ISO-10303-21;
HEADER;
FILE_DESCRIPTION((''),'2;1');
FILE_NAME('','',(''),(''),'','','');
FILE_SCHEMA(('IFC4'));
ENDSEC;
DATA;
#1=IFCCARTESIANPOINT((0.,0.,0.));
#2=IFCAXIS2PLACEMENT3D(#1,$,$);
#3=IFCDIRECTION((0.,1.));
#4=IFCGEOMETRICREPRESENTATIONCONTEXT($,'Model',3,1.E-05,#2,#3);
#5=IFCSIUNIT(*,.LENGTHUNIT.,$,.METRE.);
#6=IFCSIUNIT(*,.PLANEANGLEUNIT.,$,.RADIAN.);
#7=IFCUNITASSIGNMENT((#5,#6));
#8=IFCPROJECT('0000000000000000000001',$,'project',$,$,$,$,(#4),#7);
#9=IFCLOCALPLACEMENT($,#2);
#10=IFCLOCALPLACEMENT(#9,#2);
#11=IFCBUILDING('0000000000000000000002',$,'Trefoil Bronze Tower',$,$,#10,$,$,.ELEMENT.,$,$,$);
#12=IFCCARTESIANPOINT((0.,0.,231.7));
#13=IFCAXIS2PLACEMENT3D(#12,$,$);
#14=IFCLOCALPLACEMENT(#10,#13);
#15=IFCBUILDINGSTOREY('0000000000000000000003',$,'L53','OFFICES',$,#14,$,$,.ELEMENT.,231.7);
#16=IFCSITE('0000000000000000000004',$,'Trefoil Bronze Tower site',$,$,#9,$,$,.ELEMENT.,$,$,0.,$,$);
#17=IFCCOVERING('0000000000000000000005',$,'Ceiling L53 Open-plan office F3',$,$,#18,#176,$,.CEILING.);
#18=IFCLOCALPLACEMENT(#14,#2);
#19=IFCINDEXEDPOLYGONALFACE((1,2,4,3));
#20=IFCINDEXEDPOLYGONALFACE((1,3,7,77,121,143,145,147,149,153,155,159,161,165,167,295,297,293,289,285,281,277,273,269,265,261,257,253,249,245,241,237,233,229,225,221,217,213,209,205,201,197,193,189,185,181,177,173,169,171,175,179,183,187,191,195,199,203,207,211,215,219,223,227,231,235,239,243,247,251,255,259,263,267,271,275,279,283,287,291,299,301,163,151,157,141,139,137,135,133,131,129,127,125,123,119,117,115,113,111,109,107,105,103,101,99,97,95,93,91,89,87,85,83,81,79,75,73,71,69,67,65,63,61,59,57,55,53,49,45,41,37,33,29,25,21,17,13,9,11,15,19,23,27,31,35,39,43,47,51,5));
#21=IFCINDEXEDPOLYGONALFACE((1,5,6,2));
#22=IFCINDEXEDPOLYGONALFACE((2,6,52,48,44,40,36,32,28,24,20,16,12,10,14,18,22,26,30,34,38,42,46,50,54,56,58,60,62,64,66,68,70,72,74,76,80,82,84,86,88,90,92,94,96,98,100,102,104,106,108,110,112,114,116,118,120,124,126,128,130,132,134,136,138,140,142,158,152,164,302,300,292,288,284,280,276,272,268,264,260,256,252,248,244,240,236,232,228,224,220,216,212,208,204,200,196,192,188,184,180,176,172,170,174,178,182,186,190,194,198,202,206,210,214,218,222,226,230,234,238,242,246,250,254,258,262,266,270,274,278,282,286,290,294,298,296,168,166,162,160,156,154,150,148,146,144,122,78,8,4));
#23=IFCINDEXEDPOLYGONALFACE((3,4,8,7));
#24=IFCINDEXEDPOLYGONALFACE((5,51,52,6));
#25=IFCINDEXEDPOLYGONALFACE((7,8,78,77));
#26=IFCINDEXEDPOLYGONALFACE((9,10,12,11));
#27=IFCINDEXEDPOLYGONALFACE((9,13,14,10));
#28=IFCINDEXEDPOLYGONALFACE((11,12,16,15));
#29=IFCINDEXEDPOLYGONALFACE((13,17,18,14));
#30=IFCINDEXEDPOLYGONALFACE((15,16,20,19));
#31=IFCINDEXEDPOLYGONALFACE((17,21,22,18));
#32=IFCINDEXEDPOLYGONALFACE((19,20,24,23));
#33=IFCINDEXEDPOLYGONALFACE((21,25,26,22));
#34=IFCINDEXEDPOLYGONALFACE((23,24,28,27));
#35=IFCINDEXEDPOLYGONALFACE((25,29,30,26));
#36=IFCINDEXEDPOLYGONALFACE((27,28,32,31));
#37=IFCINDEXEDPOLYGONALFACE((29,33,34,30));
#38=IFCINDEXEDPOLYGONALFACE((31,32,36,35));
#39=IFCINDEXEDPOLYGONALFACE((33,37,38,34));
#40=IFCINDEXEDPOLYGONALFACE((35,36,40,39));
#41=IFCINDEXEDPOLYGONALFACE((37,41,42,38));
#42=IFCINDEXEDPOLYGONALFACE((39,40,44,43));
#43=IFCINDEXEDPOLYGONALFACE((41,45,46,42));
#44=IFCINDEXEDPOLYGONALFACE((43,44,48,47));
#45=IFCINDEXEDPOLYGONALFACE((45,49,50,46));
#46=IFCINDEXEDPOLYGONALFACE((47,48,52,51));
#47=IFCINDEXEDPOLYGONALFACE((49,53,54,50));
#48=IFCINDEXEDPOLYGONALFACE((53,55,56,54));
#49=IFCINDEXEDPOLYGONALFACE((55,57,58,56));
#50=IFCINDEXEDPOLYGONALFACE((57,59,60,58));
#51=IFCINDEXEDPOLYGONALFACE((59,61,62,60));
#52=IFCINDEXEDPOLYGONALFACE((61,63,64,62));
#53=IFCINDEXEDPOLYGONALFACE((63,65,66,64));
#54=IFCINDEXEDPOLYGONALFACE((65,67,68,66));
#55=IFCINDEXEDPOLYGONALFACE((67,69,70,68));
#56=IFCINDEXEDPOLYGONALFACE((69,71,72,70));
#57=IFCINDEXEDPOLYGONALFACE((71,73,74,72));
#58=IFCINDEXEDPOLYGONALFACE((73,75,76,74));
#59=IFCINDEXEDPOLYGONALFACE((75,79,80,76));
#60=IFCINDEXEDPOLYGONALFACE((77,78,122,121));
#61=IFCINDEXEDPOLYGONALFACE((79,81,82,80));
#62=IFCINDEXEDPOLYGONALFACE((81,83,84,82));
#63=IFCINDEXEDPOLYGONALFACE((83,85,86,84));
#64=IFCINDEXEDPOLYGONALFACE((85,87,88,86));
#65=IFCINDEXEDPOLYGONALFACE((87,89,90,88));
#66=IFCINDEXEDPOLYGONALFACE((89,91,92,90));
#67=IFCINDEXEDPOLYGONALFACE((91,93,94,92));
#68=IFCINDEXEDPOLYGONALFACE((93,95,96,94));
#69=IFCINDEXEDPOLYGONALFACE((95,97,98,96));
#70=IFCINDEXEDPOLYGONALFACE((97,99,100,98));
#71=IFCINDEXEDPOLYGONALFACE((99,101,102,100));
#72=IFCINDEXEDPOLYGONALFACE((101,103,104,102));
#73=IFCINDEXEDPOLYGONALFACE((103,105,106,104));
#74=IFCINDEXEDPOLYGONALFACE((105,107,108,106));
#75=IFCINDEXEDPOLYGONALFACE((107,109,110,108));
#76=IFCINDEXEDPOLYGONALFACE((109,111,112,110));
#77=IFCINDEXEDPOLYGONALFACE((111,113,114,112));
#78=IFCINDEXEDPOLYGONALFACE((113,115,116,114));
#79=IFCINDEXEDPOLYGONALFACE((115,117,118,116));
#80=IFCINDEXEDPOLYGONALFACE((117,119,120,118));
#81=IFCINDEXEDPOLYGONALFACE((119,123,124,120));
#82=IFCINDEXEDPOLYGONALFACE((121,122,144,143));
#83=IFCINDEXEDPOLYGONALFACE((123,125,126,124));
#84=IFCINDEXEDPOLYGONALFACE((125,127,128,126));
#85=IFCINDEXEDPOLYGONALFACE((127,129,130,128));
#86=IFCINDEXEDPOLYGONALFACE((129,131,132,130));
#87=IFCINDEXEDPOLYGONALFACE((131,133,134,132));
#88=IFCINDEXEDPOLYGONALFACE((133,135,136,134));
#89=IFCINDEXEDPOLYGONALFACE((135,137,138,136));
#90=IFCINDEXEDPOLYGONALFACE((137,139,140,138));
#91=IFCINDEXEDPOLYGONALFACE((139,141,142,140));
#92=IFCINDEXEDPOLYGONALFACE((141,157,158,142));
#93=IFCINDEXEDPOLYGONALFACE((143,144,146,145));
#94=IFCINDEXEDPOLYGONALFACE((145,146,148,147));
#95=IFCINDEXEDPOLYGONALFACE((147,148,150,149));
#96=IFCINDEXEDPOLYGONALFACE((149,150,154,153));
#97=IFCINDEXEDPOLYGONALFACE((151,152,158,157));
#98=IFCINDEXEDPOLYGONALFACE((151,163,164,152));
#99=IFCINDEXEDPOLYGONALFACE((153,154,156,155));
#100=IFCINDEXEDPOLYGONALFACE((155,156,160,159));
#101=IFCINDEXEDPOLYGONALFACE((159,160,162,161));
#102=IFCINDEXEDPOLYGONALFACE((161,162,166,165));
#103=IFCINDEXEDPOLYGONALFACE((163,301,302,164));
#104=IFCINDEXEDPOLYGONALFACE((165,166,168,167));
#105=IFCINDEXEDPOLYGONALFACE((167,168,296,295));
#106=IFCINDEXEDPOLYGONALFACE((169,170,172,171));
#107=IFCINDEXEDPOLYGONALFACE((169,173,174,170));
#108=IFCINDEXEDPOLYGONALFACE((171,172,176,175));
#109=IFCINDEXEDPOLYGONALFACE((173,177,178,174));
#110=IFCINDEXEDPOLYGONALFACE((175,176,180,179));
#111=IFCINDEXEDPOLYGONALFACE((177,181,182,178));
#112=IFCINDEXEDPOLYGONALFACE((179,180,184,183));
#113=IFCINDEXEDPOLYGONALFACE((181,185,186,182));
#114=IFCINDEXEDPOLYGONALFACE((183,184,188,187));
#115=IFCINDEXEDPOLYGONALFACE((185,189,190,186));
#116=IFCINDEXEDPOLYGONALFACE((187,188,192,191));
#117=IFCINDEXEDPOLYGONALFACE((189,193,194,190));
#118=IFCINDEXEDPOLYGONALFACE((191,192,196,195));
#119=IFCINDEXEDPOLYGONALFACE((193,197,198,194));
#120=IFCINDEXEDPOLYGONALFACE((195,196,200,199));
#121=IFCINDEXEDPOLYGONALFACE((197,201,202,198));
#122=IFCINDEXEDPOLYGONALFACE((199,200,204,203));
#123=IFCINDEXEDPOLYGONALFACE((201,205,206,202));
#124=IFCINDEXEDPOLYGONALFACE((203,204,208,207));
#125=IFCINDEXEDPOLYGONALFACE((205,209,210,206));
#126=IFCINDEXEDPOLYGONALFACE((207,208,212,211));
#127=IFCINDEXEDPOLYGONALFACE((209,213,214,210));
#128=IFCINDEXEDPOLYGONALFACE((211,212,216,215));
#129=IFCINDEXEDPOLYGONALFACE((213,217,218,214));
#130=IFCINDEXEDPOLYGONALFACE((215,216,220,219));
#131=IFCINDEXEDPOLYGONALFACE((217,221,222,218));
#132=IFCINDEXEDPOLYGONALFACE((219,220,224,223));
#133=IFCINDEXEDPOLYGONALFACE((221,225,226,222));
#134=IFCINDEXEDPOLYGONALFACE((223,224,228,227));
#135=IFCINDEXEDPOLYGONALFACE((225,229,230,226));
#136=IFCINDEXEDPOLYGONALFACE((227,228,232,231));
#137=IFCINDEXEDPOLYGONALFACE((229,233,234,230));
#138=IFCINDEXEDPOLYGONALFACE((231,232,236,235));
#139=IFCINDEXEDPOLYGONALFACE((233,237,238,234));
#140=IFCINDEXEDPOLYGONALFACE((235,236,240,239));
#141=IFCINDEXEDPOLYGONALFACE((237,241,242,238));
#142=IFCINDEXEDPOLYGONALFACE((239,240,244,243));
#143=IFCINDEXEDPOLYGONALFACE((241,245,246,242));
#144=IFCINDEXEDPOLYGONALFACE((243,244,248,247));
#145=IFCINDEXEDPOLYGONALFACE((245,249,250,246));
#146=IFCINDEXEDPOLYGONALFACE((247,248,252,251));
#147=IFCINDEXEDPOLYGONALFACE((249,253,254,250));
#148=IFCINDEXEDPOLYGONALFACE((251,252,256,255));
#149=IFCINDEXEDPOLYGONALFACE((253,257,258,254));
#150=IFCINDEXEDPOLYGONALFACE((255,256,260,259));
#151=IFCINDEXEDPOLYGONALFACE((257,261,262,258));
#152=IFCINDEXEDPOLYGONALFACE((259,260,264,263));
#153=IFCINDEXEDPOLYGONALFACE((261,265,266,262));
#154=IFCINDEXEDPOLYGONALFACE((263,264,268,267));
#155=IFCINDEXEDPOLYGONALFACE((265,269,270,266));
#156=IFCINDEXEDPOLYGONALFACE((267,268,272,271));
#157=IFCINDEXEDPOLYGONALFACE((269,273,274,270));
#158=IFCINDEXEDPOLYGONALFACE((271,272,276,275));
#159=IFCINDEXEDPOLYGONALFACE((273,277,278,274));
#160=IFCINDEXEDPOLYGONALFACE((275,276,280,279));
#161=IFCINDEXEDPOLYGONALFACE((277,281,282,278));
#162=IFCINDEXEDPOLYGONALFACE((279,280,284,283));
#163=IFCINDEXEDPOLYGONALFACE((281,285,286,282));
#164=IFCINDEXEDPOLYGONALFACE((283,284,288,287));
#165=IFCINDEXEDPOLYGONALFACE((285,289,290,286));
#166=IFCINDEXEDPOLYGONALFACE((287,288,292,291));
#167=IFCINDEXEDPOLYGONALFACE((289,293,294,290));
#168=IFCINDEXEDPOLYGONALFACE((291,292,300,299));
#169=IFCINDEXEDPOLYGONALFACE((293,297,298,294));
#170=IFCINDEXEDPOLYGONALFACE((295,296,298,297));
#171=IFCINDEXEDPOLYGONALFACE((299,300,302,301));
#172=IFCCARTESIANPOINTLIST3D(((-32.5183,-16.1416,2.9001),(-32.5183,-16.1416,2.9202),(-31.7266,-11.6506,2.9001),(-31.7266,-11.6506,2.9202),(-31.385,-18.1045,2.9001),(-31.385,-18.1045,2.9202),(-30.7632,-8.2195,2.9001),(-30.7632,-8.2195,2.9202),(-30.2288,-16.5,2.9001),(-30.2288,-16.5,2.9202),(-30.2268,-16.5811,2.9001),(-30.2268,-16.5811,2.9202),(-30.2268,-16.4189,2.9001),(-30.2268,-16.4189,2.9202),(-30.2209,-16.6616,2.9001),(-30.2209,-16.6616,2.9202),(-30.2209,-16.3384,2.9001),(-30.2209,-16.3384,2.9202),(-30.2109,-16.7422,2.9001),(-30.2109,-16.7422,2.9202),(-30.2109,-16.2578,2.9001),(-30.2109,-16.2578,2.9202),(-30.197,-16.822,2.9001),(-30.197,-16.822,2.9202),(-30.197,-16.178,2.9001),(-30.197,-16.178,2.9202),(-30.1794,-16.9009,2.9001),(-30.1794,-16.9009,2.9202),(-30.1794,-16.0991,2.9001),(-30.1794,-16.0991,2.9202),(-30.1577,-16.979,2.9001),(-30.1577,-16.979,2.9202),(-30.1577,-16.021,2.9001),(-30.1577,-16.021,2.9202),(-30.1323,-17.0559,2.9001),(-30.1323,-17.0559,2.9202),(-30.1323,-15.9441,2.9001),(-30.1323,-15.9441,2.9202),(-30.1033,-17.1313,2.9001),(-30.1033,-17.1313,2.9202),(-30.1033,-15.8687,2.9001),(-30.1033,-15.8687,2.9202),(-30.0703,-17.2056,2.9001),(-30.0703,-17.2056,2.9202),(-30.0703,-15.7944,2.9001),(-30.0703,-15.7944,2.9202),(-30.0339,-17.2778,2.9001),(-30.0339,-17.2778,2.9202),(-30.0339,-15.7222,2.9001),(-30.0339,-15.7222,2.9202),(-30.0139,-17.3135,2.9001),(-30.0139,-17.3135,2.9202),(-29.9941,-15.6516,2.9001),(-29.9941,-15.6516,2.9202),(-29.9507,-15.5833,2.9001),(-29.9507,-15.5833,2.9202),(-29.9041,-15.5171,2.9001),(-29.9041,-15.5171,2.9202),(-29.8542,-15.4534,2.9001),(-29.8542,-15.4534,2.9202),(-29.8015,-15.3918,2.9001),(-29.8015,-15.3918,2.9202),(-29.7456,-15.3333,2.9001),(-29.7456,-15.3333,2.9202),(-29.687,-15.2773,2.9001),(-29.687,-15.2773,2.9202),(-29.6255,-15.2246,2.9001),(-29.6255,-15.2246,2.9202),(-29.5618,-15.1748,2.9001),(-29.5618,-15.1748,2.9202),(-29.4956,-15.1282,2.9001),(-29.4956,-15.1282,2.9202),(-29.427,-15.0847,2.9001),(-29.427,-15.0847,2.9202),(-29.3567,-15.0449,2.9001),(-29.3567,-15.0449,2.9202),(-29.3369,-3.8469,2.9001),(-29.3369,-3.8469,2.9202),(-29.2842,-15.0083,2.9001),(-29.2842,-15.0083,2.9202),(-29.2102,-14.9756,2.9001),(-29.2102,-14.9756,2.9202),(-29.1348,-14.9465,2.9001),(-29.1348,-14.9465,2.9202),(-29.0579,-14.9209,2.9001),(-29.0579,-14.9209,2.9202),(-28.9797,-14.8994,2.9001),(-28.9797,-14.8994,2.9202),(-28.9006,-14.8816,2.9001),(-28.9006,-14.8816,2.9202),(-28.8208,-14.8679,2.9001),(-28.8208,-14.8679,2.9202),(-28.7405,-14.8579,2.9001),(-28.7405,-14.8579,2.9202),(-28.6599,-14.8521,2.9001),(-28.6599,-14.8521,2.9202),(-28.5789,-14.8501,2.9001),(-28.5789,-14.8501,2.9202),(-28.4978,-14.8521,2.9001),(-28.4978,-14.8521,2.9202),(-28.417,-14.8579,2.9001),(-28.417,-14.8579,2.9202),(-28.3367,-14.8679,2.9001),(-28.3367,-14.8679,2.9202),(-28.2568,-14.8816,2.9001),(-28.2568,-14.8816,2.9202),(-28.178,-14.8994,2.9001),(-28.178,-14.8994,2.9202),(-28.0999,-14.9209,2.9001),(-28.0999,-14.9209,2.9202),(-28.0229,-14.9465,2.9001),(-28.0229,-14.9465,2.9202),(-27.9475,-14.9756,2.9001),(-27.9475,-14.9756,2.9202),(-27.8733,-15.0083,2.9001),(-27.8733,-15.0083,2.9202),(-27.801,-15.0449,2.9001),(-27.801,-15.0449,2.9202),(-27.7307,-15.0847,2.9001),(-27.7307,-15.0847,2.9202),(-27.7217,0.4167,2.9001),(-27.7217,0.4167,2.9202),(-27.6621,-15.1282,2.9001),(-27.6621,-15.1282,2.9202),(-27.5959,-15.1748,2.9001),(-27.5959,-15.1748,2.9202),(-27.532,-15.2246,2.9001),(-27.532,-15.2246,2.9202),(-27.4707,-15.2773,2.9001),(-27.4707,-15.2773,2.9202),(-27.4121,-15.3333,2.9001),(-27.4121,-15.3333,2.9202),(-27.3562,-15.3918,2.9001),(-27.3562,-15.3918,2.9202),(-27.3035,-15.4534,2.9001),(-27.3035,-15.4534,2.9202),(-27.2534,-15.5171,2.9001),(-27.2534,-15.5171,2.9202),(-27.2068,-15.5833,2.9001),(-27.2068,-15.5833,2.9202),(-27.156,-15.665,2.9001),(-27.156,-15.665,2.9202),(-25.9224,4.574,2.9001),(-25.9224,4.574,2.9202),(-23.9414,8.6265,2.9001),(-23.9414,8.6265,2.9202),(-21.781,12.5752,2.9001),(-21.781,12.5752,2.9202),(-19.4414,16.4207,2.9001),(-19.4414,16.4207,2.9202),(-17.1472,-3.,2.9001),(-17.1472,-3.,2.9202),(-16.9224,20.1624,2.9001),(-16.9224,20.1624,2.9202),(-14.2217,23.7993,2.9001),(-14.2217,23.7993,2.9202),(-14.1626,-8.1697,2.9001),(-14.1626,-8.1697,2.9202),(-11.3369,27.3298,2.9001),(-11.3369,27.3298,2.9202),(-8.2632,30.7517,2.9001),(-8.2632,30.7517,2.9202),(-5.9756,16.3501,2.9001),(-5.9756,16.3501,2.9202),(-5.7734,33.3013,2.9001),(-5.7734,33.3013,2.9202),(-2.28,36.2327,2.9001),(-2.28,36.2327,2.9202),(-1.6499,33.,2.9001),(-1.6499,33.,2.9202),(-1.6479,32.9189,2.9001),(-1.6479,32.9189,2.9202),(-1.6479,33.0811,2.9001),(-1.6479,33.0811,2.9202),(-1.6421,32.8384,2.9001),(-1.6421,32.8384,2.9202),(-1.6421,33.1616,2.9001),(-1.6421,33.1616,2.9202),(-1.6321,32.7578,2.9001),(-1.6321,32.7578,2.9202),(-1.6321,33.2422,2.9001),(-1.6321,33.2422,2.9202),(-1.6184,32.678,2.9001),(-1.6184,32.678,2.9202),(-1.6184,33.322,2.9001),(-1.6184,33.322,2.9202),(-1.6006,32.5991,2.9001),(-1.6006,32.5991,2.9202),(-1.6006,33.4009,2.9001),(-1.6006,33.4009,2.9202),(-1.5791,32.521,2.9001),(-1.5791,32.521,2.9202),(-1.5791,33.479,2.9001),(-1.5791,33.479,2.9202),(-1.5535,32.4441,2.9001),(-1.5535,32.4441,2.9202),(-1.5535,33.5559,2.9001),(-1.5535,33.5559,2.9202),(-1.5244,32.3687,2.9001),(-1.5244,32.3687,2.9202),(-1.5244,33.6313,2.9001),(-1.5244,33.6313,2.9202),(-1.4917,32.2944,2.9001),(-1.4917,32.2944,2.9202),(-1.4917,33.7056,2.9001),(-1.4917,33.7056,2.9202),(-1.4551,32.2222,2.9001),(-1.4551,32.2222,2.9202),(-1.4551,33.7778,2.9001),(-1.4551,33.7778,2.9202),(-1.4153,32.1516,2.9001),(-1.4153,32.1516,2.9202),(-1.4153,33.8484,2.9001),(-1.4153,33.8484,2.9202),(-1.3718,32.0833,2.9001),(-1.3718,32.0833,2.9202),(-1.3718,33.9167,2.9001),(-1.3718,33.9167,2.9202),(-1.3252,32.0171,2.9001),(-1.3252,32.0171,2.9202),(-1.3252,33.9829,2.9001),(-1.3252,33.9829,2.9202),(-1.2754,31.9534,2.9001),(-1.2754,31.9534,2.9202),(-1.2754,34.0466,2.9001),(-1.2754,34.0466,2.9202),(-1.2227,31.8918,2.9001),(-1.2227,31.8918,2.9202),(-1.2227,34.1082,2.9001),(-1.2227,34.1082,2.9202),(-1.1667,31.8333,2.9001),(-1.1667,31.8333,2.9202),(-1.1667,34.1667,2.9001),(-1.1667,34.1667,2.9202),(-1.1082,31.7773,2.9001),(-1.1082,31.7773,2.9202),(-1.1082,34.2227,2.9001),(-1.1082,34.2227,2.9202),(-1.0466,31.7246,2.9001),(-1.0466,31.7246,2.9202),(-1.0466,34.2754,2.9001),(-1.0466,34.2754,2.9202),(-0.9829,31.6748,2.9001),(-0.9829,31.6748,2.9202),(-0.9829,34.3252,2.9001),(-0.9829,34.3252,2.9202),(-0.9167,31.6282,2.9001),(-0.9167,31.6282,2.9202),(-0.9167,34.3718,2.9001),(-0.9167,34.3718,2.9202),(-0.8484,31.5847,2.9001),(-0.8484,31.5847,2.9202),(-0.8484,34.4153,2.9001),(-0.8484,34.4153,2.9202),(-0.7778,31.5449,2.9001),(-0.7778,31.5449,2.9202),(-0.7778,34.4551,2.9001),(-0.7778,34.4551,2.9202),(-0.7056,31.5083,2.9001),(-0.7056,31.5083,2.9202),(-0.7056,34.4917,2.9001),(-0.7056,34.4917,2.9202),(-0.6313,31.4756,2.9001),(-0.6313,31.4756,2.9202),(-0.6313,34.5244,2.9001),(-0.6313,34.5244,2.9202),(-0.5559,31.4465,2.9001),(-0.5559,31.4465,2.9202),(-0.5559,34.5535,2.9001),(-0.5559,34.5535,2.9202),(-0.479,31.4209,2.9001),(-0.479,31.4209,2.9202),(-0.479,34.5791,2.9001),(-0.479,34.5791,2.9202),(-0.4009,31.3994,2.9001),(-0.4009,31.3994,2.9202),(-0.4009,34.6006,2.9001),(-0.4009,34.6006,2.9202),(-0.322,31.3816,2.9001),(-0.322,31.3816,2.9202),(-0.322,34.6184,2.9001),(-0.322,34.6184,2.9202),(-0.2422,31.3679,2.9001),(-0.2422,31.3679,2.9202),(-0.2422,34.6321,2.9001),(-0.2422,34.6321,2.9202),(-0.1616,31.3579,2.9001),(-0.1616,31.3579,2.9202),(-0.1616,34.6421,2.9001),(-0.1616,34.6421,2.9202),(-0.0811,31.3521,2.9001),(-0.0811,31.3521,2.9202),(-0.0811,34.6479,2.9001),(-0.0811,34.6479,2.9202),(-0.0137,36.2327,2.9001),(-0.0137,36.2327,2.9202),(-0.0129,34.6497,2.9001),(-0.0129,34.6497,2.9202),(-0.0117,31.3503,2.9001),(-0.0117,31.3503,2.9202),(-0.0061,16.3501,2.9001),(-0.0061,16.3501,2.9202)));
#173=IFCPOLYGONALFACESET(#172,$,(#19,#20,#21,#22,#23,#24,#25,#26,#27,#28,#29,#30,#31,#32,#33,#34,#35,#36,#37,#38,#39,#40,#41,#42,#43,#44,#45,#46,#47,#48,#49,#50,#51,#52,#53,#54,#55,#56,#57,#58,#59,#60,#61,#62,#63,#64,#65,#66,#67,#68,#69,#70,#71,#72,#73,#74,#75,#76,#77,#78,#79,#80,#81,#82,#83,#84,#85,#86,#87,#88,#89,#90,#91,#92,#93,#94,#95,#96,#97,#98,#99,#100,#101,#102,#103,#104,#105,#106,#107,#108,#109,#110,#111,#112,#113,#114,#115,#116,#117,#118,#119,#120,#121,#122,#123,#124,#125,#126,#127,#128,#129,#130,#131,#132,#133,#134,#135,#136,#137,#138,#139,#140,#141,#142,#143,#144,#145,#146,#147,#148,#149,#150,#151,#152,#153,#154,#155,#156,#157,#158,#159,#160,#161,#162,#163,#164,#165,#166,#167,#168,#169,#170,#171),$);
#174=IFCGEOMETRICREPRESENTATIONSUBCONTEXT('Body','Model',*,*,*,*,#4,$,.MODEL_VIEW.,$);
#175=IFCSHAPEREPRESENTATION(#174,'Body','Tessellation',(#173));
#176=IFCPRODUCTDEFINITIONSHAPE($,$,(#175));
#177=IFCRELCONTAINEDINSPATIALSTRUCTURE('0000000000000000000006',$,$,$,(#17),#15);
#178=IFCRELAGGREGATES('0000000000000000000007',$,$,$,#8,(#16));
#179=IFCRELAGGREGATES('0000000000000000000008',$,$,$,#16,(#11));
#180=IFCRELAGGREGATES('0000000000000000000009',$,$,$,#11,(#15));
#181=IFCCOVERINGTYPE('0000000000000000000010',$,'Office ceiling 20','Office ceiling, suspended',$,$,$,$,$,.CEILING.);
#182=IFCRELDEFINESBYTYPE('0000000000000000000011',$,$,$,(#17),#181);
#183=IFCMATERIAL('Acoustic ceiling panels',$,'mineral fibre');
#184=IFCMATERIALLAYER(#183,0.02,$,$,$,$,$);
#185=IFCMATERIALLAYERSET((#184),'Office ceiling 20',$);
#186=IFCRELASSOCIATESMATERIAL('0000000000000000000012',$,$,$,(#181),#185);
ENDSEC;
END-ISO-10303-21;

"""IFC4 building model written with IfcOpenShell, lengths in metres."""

from ifc_helpers import new_model, si_unit, direction, frame, origin, place, context, subcontext, project, spatial, polyline, outline, extrude, material, layer, layer_set, type_object, element, save


model = new_model("IFC4")

# Units and contexts
model_context = context("Model", 3, precision=1e-05, world=origin(), true_north=direction((0.0, 1.0)))
body_context = subcontext(model_context, "Body", "Model", "MODEL_VIEW")
ifc_project = project(units=[si_unit("LENGTHUNIT", "METRE"), si_unit("PLANEANGLEUNIT", "RADIAN")], contexts=[model_context])

# Site, building, storey
site_placement = place(None, origin())
site = spatial("IfcSite", under=ifc_project, at=site_placement, Name="Trefoil Bronze Tower site", CompositionType="ELEMENT", RefElevation=0.0)
building_placement = place(site_placement, origin())
building = spatial("IfcBuilding", under=site, at=building_placement, Name="Trefoil Bronze Tower", CompositionType="ELEMENT")
storey_placement = place(building_placement, frame((0.0, 0.0, 231.7)))
storey = spatial("IfcBuildingStorey", under=building, at=storey_placement, Name="L53", Description="OFFICES", CompositionType="ELEMENT", Elevation=231.7)

# Covering
ifc_material_1 = material(Name="Acoustic ceiling panels", Category="mineral fibre")
ifc_layer_1 = layer(ifc_material_1, 0.02)
ifc_layer_set_1 = layer_set([ifc_layer_1], Name="Office ceiling 20")
covering_type_1 = type_object("IfcCoveringType", Name="Office ceiling 20", Description="Office ceiling, suspended", PredefinedType="CEILING", material=ifc_layer_set_1)
covering_1_placement = place(storey_placement, frame((0.0, 0.0, 2.9001)))
element("IfcCovering", 1, at=covering_1_placement, inside=storey, type_object=covering_type_1, Name="Ceiling L53 Open-plan office F3", PredefinedType="CEILING", context=body_context, shape_type="SweptSolid", body=[
    extrude(outline(polyline([(-30.7632, -8.2195), (-29.3369, -3.8469), (-27.7217, 0.4167), (-25.9224, 4.574), (-23.9414, 8.6265), (-21.781, 12.5752), (-19.4414, 16.4207), (-16.9224, 20.1624), (-14.2217, 23.7993), (-11.3369, 27.3298), (-8.2632, 30.7517), (-5.7734, 33.3013), (-2.28, 36.2327), (-0.0137, 36.2327), (-0.0129, 34.6497), (-0.0811, 34.6479), (-0.1616, 34.6421), (-0.2422, 34.6321), (-0.322, 34.6184), (-0.4009, 34.6006), (-0.479, 34.5791), (-0.5559, 34.5535), (-0.6313, 34.5244), (-0.7056, 34.4917), (-0.7778, 34.4551), (-0.8484, 34.4153), (-0.9167, 34.3718), (-0.9829, 34.3252), (-1.0466, 34.2754), (-1.1082, 34.2227), (-1.1667, 34.1667), (-1.2227, 34.1082), (-1.2754, 34.0466), (-1.3252, 33.9829), (-1.3718, 33.9167), (-1.4153, 33.8484), (-1.4551, 33.7778), (-1.4917, 33.7056), (-1.5244, 33.6313), (-1.5535, 33.5559), (-1.5791, 33.479), (-1.6006, 33.4009), (-1.6184, 33.322), (-1.6321, 33.2422), (-1.6421, 33.1616), (-1.6479, 33.0811), (-1.6499, 33.0), (-1.6479, 32.9189), (-1.6421, 32.8384), (-1.6321, 32.7578), (-1.6184, 32.678), (-1.6006, 32.5991), (-1.5791, 32.521), (-1.5535, 32.4441), (-1.5244, 32.3687), (-1.4917, 32.2944), (-1.4551, 32.2222), (-1.4153, 32.1516), (-1.3718, 32.0833), (-1.3252, 32.0171), (-1.2754, 31.9534), (-1.2227, 31.8918), (-1.1667, 31.8333), (-1.1082, 31.7773), (-1.0466, 31.7246), (-0.9829, 31.6748), (-0.9167, 31.6282), (-0.8484, 31.5847), (-0.7778, 31.5449), (-0.7056, 31.5083), (-0.6313, 31.4756), (-0.5559, 31.4465), (-0.479, 31.4209), (-0.4009, 31.3994), (-0.322, 31.3816), (-0.2422, 31.3679), (-0.1616, 31.3579), (-0.0811, 31.3521), (-0.0117, 31.3503), (-0.0061, 16.3501), (-5.9756, 16.3501), (-17.1472, -3.0), (-14.1626, -8.1697), (-27.156, -15.665), (-27.2068, -15.5833), (-27.2534, -15.5171), (-27.3035, -15.4534), (-27.3562, -15.3918), (-27.4121, -15.3333), (-27.4707, -15.2773), (-27.532, -15.2246), (-27.5959, -15.1748), (-27.6621, -15.1282), (-27.7307, -15.0847), (-27.801, -15.0449), (-27.8733, -15.0083), (-27.9475, -14.9756), (-28.0229, -14.9465), (-28.0999, -14.9209), (-28.178, -14.8994), (-28.2568, -14.8816), (-28.3367, -14.8679), (-28.417, -14.8579), (-28.4978, -14.8521), (-28.5789, -14.8501), (-28.6599, -14.8521), (-28.7405, -14.8579), (-28.8208, -14.8679), (-28.9006, -14.8816), (-28.9797, -14.8994), (-29.0579, -14.9209), (-29.1348, -14.9465), (-29.2102, -14.9756), (-29.2842, -15.0083), (-29.3567, -15.0449), (-29.427, -15.0847), (-29.4956, -15.1282), (-29.5618, -15.1748), (-29.6255, -15.2246), (-29.687, -15.2773), (-29.7456, -15.3333), (-29.8015, -15.3918), (-29.8542, -15.4534), (-29.9041, -15.5171), (-29.9507, -15.5833), (-29.9941, -15.6516), (-30.0339, -15.7222), (-30.0703, -15.7944), (-30.1033, -15.8687), (-30.1323, -15.9441), (-30.1577, -16.021), (-30.1794, -16.0991), (-30.197, -16.178), (-30.2109, -16.2578), (-30.2209, -16.3384), (-30.2268, -16.4189), (-30.2288, -16.5), (-30.2268, -16.5811), (-30.2209, -16.6616), (-30.2109, -16.7422), (-30.197, -16.822), (-30.1794, -16.9009), (-30.1577, -16.979), (-30.1323, -17.0559), (-30.1033, -17.1313), (-30.0703, -17.2056), (-30.0339, -17.2778), (-30.0139, -17.3135), (-31.385, -18.1045), (-32.5183, -16.1416), (-31.7266, -11.6506), (-30.7632, -8.2195)])), origin(), (0.0, 0.0, 1.0), 0.02),
])

save(model, "model.ifc")
